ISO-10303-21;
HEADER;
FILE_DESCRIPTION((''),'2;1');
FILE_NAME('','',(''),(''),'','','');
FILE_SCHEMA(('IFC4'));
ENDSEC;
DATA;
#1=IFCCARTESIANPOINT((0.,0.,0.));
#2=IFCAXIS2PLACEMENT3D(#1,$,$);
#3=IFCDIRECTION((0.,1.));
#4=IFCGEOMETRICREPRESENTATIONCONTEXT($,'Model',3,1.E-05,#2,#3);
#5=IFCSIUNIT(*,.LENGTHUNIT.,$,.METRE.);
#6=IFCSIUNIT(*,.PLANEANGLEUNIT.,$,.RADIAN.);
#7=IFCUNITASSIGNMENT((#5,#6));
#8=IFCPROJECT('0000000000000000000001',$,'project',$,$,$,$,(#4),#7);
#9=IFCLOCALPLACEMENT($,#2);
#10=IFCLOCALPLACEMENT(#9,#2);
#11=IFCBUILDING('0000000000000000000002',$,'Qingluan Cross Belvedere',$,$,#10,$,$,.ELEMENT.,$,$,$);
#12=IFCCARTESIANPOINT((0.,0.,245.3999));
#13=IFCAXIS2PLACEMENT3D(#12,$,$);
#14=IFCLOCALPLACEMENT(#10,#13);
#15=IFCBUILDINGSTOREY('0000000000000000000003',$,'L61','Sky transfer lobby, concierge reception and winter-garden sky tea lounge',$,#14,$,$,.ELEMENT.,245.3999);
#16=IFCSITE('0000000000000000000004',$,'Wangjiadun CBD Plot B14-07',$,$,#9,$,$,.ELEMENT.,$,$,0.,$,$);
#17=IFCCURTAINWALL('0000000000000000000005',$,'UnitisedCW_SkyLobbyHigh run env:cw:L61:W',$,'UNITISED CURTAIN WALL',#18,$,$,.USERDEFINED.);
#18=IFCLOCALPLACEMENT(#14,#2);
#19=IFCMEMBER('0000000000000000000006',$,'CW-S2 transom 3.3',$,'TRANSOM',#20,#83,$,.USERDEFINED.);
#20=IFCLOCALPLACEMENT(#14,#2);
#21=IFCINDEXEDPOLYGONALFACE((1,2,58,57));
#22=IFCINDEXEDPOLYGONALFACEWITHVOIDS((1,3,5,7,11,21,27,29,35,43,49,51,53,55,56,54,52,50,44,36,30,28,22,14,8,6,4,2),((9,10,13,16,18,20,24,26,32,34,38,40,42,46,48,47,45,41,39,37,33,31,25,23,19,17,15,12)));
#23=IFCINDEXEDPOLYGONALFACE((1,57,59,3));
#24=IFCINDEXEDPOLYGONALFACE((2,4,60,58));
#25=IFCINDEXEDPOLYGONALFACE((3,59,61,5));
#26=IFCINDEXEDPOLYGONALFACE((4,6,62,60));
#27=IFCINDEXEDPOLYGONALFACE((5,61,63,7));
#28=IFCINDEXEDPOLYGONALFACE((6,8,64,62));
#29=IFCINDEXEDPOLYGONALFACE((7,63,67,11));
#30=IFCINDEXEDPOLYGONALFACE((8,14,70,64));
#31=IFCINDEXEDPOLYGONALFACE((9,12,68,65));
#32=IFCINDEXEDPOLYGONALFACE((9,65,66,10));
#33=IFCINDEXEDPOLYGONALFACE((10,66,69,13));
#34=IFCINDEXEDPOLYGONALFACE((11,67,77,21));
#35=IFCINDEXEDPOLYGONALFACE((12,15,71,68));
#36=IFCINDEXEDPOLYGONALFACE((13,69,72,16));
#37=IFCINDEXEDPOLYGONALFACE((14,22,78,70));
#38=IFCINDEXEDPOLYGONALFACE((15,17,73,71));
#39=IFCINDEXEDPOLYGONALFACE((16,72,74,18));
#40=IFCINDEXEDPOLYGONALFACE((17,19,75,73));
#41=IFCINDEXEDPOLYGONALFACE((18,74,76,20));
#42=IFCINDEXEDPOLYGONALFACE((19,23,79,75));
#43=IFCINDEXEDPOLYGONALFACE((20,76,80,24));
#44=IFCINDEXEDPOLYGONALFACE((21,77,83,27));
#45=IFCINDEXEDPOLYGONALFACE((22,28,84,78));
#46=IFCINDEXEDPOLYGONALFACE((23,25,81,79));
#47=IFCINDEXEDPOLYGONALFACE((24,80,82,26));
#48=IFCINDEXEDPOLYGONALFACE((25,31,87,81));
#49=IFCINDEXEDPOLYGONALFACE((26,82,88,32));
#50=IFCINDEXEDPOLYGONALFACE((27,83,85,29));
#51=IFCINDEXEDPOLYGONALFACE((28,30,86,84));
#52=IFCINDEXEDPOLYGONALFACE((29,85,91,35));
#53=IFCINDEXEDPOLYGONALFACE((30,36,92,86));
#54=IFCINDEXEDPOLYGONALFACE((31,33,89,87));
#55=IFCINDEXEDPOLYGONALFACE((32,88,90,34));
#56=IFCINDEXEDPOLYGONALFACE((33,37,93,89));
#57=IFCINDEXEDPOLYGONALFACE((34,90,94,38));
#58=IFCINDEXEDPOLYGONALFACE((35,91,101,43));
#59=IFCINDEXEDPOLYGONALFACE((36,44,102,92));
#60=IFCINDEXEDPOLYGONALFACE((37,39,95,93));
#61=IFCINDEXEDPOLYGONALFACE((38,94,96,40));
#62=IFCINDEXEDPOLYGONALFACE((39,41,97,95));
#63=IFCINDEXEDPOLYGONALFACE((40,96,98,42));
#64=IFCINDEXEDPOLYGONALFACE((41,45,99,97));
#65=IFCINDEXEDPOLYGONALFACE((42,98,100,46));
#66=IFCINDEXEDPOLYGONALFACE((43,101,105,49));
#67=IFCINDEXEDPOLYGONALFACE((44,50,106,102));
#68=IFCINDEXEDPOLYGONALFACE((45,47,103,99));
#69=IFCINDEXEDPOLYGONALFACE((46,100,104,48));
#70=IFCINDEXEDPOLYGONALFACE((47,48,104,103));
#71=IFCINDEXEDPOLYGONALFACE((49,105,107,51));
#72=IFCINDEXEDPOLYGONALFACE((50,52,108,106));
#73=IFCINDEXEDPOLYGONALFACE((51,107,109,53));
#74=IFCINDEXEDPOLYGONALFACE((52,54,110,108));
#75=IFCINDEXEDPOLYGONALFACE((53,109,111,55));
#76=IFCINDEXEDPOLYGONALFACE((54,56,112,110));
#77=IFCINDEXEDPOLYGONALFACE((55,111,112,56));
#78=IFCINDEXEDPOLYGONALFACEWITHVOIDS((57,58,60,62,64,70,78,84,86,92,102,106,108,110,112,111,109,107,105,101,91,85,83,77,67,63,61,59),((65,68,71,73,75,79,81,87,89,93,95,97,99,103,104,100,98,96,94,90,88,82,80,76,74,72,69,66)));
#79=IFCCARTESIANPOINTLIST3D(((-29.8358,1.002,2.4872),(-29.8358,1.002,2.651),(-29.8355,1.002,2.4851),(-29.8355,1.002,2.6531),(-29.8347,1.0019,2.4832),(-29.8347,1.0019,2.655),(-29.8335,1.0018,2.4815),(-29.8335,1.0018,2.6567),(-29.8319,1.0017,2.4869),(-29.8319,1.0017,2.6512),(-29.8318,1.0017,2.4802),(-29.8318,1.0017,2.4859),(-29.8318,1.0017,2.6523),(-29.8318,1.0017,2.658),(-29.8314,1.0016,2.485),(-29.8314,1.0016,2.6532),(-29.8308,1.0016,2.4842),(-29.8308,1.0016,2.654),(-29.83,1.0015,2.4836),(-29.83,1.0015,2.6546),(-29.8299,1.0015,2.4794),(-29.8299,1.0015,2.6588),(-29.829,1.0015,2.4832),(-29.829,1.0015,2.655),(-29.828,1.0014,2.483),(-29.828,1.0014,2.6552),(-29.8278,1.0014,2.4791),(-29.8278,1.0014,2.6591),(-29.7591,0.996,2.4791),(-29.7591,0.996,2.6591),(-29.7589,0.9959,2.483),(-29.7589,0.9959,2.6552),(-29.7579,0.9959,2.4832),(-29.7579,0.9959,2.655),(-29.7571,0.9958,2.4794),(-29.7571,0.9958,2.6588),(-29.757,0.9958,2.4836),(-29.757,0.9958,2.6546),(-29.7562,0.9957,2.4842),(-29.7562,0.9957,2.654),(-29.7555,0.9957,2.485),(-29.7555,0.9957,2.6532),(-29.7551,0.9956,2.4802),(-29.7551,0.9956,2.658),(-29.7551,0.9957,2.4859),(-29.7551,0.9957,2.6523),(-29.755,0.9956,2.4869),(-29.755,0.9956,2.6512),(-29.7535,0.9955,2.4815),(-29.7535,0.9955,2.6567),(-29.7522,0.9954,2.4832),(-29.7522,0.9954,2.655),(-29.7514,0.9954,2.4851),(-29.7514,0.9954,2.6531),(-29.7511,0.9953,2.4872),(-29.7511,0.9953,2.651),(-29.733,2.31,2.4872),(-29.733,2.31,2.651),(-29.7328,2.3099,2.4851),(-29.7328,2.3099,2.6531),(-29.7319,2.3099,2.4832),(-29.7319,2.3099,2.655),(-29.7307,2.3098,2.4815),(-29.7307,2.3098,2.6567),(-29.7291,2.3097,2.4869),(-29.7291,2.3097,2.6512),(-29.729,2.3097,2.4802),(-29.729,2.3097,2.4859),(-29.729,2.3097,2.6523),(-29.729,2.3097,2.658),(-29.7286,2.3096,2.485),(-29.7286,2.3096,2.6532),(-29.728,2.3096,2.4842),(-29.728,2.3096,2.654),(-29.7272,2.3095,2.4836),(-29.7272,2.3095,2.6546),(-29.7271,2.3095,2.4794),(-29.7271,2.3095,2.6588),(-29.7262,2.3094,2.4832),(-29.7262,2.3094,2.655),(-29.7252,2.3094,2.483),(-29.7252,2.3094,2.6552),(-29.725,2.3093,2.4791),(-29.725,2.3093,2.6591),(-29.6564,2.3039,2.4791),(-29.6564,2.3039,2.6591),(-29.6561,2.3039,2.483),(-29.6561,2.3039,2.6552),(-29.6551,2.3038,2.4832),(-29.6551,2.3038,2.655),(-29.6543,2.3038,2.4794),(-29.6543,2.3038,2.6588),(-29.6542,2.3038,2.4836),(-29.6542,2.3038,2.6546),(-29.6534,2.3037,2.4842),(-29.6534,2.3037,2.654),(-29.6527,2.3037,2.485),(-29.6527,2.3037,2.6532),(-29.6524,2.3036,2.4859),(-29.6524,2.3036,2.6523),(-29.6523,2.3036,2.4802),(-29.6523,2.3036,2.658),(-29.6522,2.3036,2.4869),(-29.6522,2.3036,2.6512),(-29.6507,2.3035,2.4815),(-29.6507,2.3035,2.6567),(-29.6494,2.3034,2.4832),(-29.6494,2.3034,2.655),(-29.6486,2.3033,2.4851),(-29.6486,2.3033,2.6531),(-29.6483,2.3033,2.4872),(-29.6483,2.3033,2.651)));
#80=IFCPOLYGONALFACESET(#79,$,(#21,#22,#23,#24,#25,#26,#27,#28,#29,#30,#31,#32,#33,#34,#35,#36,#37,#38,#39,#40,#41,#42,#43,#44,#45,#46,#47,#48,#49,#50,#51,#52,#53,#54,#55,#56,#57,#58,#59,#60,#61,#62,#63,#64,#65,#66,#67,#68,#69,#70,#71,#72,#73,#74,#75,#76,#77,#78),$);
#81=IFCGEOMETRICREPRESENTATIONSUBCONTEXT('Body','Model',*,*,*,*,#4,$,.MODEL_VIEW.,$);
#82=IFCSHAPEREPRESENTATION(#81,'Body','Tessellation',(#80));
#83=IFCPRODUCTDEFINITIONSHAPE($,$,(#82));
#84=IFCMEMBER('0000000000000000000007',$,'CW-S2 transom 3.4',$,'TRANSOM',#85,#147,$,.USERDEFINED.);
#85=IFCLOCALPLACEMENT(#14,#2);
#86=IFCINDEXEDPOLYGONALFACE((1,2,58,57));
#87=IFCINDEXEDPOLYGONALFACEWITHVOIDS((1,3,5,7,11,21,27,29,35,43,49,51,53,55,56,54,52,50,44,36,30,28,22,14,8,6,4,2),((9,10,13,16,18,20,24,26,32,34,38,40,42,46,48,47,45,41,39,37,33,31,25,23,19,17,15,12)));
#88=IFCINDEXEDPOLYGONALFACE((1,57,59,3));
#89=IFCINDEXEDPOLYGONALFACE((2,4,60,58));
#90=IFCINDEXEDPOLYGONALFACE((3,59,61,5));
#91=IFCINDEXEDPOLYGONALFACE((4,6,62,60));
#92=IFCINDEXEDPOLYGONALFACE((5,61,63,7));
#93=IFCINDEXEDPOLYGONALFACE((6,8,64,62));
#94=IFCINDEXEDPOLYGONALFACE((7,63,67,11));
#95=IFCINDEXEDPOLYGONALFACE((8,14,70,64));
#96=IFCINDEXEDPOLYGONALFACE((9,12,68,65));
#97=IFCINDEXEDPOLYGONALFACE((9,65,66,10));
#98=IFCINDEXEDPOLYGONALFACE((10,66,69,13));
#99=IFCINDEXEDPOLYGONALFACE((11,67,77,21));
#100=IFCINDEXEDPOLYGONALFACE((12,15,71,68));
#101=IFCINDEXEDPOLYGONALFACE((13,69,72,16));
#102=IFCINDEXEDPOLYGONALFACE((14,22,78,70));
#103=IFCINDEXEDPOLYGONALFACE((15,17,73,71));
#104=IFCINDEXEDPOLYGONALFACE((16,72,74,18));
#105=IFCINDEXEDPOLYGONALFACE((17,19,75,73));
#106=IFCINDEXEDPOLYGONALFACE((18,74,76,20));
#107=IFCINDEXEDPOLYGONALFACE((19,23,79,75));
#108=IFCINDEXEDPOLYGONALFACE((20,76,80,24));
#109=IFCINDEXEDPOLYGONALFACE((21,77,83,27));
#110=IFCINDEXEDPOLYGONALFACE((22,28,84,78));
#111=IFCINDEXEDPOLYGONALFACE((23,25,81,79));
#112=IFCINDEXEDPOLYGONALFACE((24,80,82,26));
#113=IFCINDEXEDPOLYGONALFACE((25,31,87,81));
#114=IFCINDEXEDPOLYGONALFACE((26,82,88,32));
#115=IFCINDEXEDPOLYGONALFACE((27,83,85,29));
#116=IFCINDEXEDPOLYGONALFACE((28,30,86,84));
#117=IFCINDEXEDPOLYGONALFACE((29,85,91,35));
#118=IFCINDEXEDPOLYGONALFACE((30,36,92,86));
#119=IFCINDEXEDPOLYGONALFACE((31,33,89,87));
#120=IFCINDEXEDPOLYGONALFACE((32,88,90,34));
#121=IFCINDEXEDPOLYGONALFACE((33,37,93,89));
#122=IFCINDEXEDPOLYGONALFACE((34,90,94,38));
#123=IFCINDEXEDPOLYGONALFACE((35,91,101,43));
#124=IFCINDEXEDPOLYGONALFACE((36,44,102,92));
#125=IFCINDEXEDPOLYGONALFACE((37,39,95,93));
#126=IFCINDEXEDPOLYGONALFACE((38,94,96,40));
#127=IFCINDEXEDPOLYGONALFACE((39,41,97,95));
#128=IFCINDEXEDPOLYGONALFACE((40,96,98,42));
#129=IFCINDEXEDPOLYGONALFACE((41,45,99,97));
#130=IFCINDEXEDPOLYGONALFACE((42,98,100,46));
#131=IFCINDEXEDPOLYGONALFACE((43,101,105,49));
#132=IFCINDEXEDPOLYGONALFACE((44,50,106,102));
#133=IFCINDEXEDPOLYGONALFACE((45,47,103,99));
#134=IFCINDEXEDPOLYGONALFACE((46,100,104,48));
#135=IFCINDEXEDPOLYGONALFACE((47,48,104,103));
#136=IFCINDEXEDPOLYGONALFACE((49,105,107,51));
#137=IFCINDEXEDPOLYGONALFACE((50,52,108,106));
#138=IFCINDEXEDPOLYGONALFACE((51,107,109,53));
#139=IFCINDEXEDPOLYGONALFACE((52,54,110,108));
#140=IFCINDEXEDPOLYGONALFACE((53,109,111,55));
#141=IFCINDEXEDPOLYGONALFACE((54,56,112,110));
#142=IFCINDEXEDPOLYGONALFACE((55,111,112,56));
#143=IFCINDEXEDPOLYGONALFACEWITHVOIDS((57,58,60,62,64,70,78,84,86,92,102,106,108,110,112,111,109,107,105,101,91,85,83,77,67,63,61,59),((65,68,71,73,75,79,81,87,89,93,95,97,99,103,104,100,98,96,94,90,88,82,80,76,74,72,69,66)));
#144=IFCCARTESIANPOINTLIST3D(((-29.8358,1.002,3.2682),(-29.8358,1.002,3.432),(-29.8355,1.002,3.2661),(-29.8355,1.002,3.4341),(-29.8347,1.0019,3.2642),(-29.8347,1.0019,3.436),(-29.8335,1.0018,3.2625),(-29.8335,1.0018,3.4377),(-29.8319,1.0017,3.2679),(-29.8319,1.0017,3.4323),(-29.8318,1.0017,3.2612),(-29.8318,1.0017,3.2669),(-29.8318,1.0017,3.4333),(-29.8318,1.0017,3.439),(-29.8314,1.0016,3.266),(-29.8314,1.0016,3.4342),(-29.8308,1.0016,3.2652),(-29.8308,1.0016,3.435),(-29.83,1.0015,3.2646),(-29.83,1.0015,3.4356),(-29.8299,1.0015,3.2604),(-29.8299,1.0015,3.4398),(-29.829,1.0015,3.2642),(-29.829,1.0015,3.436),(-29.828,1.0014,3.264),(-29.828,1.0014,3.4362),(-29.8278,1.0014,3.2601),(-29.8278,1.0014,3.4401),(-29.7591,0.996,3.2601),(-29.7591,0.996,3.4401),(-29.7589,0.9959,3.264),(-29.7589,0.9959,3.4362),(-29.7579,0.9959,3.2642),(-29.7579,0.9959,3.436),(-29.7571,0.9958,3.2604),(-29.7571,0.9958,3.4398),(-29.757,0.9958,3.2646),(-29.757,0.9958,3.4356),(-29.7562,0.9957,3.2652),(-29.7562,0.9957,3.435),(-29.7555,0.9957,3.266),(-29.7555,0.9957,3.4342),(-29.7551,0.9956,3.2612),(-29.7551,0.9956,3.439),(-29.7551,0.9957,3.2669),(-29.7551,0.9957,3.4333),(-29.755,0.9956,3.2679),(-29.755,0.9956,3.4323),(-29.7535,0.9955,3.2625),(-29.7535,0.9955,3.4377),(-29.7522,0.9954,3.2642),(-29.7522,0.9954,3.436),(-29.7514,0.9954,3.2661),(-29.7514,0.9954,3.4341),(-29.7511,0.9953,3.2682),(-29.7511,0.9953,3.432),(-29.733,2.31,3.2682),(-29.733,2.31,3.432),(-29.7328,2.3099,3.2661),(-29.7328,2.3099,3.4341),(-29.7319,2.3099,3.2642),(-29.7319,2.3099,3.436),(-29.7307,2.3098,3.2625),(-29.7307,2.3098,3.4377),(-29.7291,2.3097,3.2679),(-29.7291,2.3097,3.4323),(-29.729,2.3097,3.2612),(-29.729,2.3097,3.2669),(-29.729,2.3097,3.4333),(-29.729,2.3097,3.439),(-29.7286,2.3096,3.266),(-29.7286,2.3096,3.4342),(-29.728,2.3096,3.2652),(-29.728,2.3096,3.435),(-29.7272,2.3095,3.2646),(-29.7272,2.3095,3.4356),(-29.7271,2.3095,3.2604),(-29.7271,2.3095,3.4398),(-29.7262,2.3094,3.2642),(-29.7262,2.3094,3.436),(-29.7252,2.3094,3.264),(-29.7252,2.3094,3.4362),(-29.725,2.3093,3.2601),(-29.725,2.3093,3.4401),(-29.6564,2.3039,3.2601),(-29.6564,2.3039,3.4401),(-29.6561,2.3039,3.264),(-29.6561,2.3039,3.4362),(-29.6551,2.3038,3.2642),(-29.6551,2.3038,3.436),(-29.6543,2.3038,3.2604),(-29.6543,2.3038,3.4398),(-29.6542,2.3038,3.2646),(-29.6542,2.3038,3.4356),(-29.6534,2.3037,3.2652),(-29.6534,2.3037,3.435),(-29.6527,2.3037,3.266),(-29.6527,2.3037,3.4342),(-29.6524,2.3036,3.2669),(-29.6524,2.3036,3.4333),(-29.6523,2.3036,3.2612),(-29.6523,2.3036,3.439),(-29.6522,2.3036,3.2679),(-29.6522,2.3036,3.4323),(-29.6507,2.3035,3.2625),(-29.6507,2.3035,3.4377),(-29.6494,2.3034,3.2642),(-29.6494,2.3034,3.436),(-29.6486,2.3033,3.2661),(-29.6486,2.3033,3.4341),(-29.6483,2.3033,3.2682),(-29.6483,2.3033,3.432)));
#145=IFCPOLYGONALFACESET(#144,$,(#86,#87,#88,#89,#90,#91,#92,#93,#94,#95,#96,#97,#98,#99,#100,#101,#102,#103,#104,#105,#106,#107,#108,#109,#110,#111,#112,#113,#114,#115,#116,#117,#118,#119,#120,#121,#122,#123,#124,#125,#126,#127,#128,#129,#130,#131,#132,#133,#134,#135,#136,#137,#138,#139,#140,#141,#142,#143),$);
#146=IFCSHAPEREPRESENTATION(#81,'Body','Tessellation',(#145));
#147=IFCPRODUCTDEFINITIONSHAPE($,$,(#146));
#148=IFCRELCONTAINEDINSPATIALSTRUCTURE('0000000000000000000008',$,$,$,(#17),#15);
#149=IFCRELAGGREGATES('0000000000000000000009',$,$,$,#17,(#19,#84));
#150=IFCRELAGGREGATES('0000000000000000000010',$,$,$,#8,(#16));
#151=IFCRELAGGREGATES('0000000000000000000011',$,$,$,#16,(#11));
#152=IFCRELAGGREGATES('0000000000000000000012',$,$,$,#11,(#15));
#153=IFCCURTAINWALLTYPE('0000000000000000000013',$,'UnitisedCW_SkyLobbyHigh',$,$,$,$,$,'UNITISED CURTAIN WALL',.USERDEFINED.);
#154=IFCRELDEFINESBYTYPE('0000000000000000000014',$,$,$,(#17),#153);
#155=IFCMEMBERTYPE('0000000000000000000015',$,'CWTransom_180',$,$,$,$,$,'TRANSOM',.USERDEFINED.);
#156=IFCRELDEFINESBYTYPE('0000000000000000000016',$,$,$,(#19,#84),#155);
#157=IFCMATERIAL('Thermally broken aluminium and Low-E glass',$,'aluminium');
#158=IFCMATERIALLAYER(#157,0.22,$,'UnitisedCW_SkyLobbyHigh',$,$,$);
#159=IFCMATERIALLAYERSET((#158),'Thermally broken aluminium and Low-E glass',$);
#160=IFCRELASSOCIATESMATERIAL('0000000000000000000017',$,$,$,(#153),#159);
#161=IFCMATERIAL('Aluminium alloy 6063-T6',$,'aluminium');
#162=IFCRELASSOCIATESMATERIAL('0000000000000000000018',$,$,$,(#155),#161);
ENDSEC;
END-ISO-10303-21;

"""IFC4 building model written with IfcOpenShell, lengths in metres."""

from ifc_helpers import new_model, si_unit, direction, frame, origin, origin_2d, place, context, subcontext, project, spatial, hollow_rectangle, extrude, material, layer, layer_set, material_profile, profile_set, type_object, element, aggregate, save


model = new_model("IFC4")

# Units and contexts
model_context = context("Model", 3, precision=1e-05, world=origin(), true_north=direction((0.0, 1.0)))
body_context = subcontext(model_context, "Body", "Model", "MODEL_VIEW")
ifc_project = project(units=[si_unit("LENGTHUNIT", "METRE"), si_unit("PLANEANGLEUNIT", "RADIAN")], contexts=[model_context])

# Site, building, storey
site_placement = place(None, origin())
site = spatial("IfcSite", under=ifc_project, at=site_placement, Name="Wangjiadun CBD Plot B14-07", CompositionType="ELEMENT", RefElevation=0.0)
building_placement = place(site_placement, origin())
building = spatial("IfcBuilding", under=site, at=building_placement, Name="Qingluan Cross Belvedere", CompositionType="ELEMENT")
storey_placement = place(building_placement, frame((0.0, 0.0, 245.3999)))
storey = spatial("IfcBuildingStorey", under=building, at=storey_placement, Name="L61", Description="Sky transfer lobby, concierge reception and winter-garden sky tea lounge", CompositionType="ELEMENT", Elevation=245.3999)

# Curtain wall, members
ifc_material_1 = material(Name="Thermally broken aluminium and Low-E glass", Category="aluminium")
ifc_layer_1 = layer(ifc_material_1, 0.22, Name="UnitisedCW_SkyLobbyHigh")
ifc_layer_set_1 = layer_set([ifc_layer_1], Name="Thermally broken aluminium and Low-E glass")
curtain_wall_type = type_object("IfcCurtainWallType", Name="UnitisedCW_SkyLobbyHigh", ElementType="UNITISED CURTAIN WALL", PredefinedType="USERDEFINED", material=ifc_layer_set_1)
curtain_wall_placement = place(storey_placement, origin())
curtain_wall = element("IfcCurtainWall", 1, at=curtain_wall_placement, inside=storey, type_object=curtain_wall_type, Name="UnitisedCW_SkyLobbyHigh run env:cw:L61:W", ObjectType="UNITISED CURTAIN WALL", PredefinedType="USERDEFINED")
ifc_material_2 = material(Name="Aluminium alloy 6063-T6", Category="aluminium")
ifc_material_profile_1 = material_profile(ifc_material_2, hollow_rectangle(XDim=0.085, YDim=0.1799, WallThickness=0.0039, InnerFilletRadius=0.0039, OuterFilletRadius=0.0081, at=origin_2d()), Name="CWT180x85x4")
ifc_profile_set_1 = profile_set([ifc_material_profile_1], Name="Aluminium alloy 6063-T6")
member_type_1 = type_object("IfcMemberType", Name="CWTransom_180", ElementType="TRANSOM", PredefinedType="USERDEFINED", material=ifc_profile_set_1)
member_1_placement = place(storey_placement, frame((-29.6907, 2.3066, 2.5691), z_axis=(-0.078347, -0.996926, 0.0), x_axis=(0.996926, -0.078347, 0.0)))
member_1 = element("IfcMember", 2, at=member_1_placement, type_object=member_type_1, Name="CW-S2 transom 3.3", ObjectType="TRANSOM", PredefinedType="USERDEFINED", context=body_context, shape_type="SweptSolid", body=[
    extrude(hollow_rectangle(XDim=0.085, YDim=0.1799, WallThickness=0.0039, InnerFilletRadius=0.0039, OuterFilletRadius=0.0081, at=origin_2d()), origin(), (0.0, 0.0, 1.0), 1.312),
])
member_2_placement = place(storey_placement, frame((-29.6907, 2.3066, 3.3501), z_axis=(-0.078347, -0.996926, 0.0), x_axis=(0.996926, -0.078347, 0.0)))
member_2 = element("IfcMember", 3, at=member_2_placement, type_object=member_type_1, Name="CW-S2 transom 3.4", ObjectType="TRANSOM", PredefinedType="USERDEFINED", context=body_context, shape_type="SweptSolid", body=[
    extrude(hollow_rectangle(XDim=0.085, YDim=0.1799, WallThickness=0.0039, InnerFilletRadius=0.0039, OuterFilletRadius=0.0081, at=origin_2d()), origin(), (0.0, 0.0, 1.0), 1.312),
])
aggregate(curtain_wall, [member_1, member_2])

save(model, "model.ifc")
